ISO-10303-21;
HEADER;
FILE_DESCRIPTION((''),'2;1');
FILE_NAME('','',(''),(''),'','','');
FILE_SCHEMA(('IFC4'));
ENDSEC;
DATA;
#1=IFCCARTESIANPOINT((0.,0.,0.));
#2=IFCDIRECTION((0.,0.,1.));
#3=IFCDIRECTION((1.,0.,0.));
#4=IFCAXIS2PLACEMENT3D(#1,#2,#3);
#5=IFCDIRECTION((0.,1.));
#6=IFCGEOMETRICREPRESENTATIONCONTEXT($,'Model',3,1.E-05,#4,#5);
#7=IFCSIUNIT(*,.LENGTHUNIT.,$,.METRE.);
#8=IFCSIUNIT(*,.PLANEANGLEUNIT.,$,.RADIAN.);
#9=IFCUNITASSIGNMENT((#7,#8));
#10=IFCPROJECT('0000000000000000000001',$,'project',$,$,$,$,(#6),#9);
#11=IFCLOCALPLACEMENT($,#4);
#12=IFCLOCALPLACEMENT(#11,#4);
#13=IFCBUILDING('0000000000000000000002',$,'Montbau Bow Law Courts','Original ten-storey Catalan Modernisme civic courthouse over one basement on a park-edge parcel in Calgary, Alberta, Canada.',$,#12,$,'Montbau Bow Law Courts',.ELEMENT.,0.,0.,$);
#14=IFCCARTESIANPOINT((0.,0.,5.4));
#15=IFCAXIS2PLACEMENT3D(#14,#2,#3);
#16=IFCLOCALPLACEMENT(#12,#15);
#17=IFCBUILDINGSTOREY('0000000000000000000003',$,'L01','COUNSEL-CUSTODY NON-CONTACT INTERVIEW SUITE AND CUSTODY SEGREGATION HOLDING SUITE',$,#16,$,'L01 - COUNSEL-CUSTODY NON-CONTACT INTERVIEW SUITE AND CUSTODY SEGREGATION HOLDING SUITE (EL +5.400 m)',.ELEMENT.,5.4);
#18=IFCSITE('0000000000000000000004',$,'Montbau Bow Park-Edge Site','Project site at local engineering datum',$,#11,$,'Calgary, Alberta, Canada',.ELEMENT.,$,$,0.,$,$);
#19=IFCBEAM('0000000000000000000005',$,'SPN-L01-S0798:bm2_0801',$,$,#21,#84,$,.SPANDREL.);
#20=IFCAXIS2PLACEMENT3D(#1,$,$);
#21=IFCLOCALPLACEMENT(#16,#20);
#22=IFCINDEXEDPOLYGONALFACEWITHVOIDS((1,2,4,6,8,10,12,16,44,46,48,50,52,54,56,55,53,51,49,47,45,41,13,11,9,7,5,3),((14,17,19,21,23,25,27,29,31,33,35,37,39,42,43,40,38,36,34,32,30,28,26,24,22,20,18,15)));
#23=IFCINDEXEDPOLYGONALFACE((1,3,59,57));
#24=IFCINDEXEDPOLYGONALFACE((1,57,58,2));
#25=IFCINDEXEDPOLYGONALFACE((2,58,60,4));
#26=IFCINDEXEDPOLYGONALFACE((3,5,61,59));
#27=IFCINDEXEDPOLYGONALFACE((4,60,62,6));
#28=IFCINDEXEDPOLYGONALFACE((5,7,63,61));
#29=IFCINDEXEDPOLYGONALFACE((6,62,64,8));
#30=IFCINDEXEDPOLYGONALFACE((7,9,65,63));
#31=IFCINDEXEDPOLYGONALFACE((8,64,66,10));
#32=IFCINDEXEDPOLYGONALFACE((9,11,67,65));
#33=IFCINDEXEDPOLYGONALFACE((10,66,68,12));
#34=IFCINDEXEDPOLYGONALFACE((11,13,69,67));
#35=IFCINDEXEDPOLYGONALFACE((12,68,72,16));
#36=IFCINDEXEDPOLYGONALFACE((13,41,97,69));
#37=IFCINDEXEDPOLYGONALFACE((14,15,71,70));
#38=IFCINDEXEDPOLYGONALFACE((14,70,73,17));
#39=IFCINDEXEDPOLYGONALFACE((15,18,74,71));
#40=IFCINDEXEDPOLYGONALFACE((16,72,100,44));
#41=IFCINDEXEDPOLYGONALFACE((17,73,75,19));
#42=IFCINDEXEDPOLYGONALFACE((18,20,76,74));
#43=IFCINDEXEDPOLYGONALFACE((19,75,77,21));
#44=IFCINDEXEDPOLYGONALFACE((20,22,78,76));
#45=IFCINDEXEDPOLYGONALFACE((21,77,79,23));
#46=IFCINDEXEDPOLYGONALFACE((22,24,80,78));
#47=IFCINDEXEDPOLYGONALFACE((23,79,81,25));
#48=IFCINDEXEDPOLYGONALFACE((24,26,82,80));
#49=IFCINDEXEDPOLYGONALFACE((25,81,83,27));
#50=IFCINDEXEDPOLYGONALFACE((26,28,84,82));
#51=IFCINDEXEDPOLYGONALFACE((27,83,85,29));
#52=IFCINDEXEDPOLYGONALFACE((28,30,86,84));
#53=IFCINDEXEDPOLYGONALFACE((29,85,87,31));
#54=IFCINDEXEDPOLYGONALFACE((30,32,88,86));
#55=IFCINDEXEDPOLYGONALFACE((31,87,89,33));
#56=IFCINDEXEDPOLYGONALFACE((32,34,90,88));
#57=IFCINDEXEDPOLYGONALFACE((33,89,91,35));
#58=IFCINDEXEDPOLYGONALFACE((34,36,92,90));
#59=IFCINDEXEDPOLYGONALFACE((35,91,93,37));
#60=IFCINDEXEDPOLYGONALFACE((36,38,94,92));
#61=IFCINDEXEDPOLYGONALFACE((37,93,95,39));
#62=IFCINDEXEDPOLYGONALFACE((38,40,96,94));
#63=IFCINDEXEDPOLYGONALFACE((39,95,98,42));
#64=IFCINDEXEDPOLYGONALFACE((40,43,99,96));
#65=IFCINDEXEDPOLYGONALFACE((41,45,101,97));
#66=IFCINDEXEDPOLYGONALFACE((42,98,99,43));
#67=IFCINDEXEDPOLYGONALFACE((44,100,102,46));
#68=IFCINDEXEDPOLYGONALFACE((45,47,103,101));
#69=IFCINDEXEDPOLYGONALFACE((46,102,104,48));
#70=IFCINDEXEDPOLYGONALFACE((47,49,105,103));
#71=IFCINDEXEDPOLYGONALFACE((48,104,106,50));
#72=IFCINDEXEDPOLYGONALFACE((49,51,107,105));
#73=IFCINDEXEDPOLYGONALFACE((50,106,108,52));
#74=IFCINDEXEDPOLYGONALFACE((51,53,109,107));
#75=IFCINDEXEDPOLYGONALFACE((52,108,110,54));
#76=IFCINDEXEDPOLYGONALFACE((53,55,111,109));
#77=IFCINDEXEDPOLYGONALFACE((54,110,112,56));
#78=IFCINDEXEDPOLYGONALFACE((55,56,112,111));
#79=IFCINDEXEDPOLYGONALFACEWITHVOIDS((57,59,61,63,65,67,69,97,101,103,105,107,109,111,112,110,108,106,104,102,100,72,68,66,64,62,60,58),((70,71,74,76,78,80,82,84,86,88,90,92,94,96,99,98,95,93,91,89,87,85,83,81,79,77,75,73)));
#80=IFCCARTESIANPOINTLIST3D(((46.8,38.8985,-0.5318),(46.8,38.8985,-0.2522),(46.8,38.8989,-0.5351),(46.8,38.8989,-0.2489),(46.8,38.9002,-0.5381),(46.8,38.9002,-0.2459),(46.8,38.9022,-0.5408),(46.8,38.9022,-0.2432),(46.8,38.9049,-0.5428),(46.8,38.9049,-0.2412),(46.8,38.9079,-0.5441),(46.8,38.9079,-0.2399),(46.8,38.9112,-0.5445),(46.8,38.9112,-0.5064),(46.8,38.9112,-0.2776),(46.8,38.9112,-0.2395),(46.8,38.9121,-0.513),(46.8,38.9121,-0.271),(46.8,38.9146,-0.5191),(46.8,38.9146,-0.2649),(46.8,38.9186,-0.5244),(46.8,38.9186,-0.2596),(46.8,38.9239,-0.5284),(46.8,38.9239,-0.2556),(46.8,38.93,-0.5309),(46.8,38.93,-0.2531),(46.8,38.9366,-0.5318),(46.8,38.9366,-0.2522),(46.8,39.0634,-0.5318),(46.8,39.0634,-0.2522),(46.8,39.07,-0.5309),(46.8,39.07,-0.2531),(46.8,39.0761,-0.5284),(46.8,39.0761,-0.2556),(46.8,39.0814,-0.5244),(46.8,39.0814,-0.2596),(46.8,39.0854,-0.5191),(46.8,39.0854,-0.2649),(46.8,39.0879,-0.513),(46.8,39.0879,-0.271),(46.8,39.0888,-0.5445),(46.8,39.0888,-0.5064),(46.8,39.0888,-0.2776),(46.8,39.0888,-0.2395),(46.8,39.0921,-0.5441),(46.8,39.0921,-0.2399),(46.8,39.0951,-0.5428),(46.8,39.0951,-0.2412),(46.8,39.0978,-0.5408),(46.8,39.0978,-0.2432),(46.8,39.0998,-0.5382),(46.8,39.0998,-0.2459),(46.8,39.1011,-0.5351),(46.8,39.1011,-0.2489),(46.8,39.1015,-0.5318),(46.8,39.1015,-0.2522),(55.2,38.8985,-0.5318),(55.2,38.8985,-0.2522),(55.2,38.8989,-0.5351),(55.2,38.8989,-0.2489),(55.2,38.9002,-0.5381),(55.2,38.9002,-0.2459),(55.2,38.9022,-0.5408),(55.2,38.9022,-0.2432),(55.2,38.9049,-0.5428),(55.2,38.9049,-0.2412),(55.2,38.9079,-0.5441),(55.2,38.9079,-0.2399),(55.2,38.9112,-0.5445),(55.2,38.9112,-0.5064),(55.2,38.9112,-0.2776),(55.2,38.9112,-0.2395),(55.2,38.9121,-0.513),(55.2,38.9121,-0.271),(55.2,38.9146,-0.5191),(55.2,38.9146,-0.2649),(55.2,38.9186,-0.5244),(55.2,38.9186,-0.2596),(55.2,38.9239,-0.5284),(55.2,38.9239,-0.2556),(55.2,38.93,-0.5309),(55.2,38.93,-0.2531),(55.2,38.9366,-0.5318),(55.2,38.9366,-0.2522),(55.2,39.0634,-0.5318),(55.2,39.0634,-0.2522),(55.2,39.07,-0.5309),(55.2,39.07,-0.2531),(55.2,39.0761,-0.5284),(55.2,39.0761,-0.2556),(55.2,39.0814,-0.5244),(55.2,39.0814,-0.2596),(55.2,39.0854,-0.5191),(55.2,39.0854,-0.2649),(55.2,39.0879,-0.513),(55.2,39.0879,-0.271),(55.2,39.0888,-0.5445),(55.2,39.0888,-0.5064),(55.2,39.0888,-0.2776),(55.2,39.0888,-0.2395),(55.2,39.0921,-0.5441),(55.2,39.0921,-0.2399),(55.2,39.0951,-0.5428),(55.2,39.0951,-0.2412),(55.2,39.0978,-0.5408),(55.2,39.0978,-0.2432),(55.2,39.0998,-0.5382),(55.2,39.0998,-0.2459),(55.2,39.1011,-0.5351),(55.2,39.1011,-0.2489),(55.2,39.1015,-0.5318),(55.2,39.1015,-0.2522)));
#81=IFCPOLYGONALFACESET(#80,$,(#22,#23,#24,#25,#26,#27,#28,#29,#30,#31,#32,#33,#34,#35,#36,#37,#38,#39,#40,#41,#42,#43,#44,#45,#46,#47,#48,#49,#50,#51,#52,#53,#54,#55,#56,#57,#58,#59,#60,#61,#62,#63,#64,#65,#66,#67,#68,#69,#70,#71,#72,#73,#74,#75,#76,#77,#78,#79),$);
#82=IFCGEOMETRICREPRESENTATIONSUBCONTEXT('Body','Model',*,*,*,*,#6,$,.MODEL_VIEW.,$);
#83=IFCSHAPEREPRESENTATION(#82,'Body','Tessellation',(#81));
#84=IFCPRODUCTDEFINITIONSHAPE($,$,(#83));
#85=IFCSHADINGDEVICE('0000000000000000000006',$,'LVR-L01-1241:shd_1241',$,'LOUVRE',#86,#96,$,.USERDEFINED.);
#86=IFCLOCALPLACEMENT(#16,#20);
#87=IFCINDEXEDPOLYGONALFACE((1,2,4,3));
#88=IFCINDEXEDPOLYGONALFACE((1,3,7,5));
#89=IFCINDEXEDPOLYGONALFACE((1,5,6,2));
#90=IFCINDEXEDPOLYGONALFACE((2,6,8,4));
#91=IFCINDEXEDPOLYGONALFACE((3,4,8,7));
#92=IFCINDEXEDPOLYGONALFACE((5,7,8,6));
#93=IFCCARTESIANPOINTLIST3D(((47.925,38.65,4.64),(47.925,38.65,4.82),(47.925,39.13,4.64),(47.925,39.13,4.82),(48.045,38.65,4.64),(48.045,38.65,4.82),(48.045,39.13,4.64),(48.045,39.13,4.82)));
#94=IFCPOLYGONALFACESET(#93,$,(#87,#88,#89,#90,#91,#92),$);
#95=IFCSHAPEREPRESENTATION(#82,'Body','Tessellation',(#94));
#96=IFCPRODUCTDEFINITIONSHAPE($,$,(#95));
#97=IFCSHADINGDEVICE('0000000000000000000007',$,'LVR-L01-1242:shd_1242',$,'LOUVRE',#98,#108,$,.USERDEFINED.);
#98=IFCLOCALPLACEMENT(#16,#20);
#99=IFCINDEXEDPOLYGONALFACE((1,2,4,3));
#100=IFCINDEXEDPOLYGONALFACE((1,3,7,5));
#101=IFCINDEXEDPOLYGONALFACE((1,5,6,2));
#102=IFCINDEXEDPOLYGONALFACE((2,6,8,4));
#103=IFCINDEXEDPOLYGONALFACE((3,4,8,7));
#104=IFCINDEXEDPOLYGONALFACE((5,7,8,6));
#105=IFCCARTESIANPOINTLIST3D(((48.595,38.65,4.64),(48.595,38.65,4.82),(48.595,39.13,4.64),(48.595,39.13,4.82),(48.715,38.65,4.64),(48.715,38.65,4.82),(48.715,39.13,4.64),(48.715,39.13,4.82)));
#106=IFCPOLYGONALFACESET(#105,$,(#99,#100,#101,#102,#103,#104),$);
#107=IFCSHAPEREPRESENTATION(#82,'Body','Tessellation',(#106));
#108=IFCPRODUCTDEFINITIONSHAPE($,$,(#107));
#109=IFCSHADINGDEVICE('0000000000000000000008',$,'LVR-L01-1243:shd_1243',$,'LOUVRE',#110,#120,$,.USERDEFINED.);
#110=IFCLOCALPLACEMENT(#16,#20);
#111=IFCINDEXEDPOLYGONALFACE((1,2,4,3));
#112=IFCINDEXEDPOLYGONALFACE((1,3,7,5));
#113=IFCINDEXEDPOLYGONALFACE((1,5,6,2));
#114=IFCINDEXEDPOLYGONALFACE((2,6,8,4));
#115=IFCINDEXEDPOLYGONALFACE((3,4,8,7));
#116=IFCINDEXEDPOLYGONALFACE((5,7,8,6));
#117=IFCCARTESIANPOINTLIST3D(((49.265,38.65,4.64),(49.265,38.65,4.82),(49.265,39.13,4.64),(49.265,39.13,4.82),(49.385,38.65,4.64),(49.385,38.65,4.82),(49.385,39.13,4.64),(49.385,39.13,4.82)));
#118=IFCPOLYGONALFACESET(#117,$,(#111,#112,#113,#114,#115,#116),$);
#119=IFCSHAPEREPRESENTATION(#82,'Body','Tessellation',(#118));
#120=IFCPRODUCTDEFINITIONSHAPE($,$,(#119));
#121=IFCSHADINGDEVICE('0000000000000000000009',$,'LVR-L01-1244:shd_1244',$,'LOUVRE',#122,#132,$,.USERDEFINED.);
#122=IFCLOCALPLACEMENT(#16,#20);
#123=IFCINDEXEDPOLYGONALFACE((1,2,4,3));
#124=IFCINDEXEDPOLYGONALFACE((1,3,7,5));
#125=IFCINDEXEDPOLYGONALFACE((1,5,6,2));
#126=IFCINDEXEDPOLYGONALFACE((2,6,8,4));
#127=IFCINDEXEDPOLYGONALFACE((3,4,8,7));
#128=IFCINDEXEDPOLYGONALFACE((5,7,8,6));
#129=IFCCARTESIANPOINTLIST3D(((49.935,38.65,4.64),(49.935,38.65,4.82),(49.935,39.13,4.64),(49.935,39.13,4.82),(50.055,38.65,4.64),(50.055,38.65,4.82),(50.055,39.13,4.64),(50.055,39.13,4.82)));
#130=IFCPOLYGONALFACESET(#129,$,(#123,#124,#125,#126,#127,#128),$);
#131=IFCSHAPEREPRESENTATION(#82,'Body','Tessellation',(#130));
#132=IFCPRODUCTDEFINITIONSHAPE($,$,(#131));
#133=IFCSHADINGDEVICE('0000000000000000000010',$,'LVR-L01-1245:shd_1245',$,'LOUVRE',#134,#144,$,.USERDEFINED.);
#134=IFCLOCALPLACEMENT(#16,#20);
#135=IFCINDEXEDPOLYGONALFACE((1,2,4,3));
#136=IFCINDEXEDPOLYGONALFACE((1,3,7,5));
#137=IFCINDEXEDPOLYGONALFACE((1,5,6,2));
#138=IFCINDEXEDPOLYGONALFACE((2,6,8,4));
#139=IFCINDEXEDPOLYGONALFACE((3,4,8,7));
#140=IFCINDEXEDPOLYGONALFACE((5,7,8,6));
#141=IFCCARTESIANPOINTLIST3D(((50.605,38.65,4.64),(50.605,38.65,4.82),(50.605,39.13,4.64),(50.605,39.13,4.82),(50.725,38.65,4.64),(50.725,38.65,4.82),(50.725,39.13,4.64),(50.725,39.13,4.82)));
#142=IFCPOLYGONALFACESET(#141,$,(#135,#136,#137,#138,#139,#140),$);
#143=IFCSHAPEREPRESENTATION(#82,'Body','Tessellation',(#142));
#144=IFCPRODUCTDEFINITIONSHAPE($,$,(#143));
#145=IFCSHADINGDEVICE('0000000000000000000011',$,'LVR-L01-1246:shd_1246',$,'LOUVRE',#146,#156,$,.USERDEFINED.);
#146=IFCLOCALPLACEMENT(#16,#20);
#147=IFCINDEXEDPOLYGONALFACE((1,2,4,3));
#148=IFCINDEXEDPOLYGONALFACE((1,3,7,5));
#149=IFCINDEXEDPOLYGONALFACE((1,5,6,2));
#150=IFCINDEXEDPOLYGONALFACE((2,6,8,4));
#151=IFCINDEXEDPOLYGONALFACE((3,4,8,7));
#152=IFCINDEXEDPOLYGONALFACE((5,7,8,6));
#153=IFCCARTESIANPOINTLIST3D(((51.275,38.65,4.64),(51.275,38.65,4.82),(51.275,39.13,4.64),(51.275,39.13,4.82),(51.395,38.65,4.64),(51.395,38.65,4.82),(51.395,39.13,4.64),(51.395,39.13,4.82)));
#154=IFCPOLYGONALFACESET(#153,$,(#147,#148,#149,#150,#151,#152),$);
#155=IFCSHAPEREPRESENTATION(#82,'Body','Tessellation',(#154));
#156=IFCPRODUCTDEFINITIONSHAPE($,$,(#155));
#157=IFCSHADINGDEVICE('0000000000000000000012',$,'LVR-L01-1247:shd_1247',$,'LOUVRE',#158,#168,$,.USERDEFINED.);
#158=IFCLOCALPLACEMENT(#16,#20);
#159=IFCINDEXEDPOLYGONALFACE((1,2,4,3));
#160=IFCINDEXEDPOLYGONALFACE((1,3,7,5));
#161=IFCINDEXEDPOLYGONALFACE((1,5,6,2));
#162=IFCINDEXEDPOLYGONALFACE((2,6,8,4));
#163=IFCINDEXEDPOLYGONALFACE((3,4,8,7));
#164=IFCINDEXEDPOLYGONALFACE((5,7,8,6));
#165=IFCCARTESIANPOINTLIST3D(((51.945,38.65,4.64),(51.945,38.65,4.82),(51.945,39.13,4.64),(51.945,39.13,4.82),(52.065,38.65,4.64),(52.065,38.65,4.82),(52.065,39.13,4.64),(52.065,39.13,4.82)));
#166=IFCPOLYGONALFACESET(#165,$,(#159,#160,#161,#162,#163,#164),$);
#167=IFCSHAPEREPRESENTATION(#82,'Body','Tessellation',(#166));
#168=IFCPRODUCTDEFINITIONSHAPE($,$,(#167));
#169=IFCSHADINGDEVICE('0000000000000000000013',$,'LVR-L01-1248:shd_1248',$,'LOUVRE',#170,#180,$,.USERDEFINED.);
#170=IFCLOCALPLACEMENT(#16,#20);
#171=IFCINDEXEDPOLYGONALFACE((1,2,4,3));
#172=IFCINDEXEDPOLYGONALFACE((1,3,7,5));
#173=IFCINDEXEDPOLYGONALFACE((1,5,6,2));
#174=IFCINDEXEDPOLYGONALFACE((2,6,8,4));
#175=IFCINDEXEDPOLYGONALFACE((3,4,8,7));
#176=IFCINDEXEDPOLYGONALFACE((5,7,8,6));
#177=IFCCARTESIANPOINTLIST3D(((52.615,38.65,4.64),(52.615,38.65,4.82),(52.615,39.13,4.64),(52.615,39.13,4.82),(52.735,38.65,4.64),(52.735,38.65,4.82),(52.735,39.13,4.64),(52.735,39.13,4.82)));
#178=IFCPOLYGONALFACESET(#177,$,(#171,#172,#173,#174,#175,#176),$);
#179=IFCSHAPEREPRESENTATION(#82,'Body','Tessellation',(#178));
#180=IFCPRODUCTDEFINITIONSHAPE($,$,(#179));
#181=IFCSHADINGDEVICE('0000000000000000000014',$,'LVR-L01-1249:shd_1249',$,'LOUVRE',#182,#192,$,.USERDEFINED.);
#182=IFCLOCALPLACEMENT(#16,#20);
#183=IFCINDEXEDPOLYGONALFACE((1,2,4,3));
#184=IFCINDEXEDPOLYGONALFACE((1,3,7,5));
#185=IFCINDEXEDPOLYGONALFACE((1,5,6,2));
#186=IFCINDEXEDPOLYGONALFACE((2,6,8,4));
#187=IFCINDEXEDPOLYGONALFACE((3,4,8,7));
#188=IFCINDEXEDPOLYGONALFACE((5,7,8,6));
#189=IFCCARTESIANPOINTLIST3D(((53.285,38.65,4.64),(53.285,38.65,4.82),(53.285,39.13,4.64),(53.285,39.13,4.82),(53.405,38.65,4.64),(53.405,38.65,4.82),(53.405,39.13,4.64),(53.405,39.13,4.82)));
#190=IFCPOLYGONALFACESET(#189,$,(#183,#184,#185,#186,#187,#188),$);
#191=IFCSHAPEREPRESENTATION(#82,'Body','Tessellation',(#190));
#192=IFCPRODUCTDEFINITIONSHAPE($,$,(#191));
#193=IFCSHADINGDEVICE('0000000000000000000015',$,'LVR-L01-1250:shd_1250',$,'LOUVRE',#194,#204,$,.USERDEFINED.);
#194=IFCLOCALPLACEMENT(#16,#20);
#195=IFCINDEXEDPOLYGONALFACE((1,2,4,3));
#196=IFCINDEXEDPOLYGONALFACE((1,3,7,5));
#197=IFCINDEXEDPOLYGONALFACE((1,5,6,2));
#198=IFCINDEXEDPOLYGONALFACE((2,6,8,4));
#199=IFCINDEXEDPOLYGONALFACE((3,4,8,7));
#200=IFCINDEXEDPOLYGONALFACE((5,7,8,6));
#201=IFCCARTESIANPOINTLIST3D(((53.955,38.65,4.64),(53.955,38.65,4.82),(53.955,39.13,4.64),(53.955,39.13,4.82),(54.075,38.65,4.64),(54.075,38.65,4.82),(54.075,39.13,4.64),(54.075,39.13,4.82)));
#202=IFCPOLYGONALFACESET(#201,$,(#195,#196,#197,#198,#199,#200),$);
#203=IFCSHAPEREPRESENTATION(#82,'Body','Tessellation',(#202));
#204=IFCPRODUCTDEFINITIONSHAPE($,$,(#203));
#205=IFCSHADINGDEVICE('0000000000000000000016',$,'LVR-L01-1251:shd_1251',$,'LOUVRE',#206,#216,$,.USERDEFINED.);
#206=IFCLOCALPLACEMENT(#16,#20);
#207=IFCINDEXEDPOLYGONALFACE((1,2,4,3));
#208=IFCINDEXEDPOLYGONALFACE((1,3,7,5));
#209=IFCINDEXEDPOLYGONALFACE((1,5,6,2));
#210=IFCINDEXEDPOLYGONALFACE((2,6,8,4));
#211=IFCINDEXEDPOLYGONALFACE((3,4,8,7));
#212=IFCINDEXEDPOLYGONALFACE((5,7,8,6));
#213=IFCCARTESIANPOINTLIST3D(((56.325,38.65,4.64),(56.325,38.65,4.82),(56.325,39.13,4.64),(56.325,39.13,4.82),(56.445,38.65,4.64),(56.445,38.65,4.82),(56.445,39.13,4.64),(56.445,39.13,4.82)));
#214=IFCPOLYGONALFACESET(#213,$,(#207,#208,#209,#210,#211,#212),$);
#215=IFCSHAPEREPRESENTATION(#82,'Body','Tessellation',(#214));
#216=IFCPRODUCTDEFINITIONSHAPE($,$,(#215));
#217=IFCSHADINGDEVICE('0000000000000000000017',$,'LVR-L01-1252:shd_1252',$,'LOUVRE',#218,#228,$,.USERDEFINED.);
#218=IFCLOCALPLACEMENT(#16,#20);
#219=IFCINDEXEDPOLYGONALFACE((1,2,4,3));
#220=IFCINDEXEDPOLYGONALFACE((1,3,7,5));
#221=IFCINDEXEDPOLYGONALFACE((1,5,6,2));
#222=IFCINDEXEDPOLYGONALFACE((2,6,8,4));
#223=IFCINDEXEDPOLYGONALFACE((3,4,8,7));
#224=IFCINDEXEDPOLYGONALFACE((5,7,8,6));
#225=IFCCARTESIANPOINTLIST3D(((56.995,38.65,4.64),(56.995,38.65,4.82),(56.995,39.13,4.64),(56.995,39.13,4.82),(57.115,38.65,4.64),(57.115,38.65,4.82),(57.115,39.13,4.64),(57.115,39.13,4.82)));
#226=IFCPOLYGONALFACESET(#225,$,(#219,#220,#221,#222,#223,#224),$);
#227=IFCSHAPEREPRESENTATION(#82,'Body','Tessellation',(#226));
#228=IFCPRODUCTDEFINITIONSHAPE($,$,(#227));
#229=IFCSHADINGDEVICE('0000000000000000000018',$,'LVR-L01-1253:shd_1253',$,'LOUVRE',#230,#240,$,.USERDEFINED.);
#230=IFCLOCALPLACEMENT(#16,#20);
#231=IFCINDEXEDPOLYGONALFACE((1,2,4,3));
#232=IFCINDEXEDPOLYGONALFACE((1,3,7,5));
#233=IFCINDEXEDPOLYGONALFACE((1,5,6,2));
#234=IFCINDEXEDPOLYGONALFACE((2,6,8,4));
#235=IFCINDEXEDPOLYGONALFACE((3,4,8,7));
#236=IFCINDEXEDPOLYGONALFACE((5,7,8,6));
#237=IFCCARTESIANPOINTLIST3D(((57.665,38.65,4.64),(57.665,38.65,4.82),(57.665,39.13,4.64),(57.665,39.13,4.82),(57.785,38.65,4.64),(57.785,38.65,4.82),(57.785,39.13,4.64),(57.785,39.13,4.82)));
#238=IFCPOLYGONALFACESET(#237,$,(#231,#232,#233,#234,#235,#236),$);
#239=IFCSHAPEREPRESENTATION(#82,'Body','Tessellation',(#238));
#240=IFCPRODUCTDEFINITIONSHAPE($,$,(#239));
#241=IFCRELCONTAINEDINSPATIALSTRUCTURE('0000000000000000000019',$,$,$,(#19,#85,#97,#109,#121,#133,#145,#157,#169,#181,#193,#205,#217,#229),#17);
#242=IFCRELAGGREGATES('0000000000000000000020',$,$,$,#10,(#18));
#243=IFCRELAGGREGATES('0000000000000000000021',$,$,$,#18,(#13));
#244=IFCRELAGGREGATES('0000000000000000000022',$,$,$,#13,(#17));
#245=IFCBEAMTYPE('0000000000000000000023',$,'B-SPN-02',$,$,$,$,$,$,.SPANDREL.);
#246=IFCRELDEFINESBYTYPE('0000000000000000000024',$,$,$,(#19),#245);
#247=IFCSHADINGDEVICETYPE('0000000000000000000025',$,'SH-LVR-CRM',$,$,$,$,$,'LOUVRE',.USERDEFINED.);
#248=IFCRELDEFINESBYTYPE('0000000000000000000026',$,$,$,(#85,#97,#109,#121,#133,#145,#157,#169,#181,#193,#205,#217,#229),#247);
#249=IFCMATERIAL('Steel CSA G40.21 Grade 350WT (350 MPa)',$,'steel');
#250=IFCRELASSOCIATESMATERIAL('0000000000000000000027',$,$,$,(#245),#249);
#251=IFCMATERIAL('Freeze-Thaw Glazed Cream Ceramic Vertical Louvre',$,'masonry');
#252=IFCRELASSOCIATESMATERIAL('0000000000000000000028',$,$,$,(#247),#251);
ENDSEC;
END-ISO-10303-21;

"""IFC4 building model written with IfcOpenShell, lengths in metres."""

from ifc_helpers import new_model, si_unit, direction, frame, origin_with_axes, origin_2d_with_axis, place, context, subcontext, project, spatial, rectangle, hollow_rectangle, extrude, material, material_profile, profile_set, type_object, element, save


model = new_model("IFC4")

# Units and contexts
model_context = context("Model", 3, precision=1e-05, world=origin_with_axes(), true_north=direction((0.0, 1.0)))
body_context = subcontext(model_context, "Body", "Model", "MODEL_VIEW")
ifc_project = project(units=[si_unit("LENGTHUNIT", "METRE"), si_unit("PLANEANGLEUNIT", "RADIAN")], contexts=[model_context])

# Site, building, storey
site_placement = place(None, origin_with_axes())
site = spatial("IfcSite", under=ifc_project, at=site_placement, Name="Montbau Bow Park-Edge Site", Description="Project site at local engineering datum", LongName="Calgary, Alberta, Canada", CompositionType="ELEMENT", RefElevation=0.0)
building_placement = place(site_placement, origin_with_axes())
building = spatial("IfcBuilding", under=site, at=building_placement, Name="Montbau Bow Law Courts", Description="Original ten-storey Catalan Modernisme civic courthouse over one basement on a park-edge parcel in Calgary, Alberta, Canada.", LongName="Montbau Bow Law Courts", CompositionType="ELEMENT", ElevationOfRefHeight=0.0, ElevationOfTerrain=0.0)
storey_placement = place(building_placement, frame((0.0, 0.0, 5.4), z_axis=(0.0, 0.0, 1.0), x_axis=(1.0, 0.0, 0.0)))
storey = spatial("IfcBuildingStorey", under=building, at=storey_placement, Name="L01", Description="COUNSEL-CUSTODY NON-CONTACT INTERVIEW SUITE AND CUSTODY SEGREGATION HOLDING SUITE", LongName="L01 - COUNSEL-CUSTODY NON-CONTACT INTERVIEW SUITE AND CUSTODY SEGREGATION HOLDING SUITE (EL +5.400 m)", CompositionType="ELEMENT", Elevation=5.4)

# Beam
ifc_material_1 = material(Name="Steel CSA G40.21 Grade 350WT (350 MPa)", Category="steel")
ifc_material_profile_1 = material_profile(ifc_material_1, hollow_rectangle(XDim=0.203, YDim=0.305, WallThickness=0.0127, InnerFilletRadius=0.0254, OuterFilletRadius=0.0127, at=origin_2d_with_axis()), Name="HSS305X203X13", Category="Main", Priority=0)
ifc_profile_set_1 = profile_set([ifc_material_profile_1], Name="Steel CSA G40.21 Grade 350WT (350 MPa)")
beam_type_1 = type_object("IfcBeamType", Name="B-SPN-02", PredefinedType="SPANDREL", material=ifc_profile_set_1)
beam_1_placement = place(None, frame((46.8, 39.0, 5.008), z_axis=(1.0, 0.0, 0.0), x_axis=(0.0, 1.0, 0.0)))
element("IfcBeam", 1, at=beam_1_placement, inside=storey, type_object=beam_type_1, Name="SPN-L01-S0798:bm2_0801", PredefinedType="SPANDREL", context=body_context, shape_type="SweptSolid", body=[
    extrude(hollow_rectangle(XDim=0.203, YDim=0.305, WallThickness=0.0127, InnerFilletRadius=0.0254, OuterFilletRadius=0.0127, at=origin_2d_with_axis()), origin_with_axes(), (0.0, 0.0, 1.0), 8.4),
])

# Shading devices
ifc_material_2 = material(Name="Freeze-Thaw Glazed Cream Ceramic Vertical Louvre", Category="masonry")
shading_device_type_1 = type_object("IfcShadingDeviceType", Name="SH-LVR-CRM", ElementType="LOUVRE", PredefinedType="USERDEFINED", material=ifc_material_2)
for number, where, z_axis, x_axis, name in (
    (2, (47.985, 38.89, 10.04), (0.0, 0.0, 1.0), (0.0, -1.0, 0.0), "LVR-L01-1241:shd_1241"),
    (3, (48.655, 38.89, 10.04), (0.0, 0.0, 1.0), (0.0, -1.0, 0.0), "LVR-L01-1242:shd_1242"),
    (4, (49.325, 38.89, 10.04), (0.0, 0.0, 1.0), (0.0, -1.0, 0.0), "LVR-L01-1243:shd_1243"),
    (5, (49.995, 38.89, 10.04), (0.0, 0.0, 1.0), (0.0, -1.0, 0.0), "LVR-L01-1244:shd_1244"),
    (6, (50.665, 38.89, 10.04), (0.0, 0.0, 1.0), (0.0, -1.0, 0.0), "LVR-L01-1245:shd_1245"),
    (7, (51.335, 38.89, 10.04), (0.0, 0.0, 1.0), (0.0, -1.0, 0.0), "LVR-L01-1246:shd_1246"),
    (8, (52.005, 38.89, 10.04), (0.0, 0.0, 1.0), (0.0, -1.0, 0.0), "LVR-L01-1247:shd_1247"),
    (9, (52.675, 38.89, 10.04), (0.0, 0.0, 1.0), (0.0, -1.0, 0.0), "LVR-L01-1248:shd_1248"),
    (10, (53.345, 38.89, 10.04), (0.0, 0.0, 1.0), (0.0, -1.0, 0.0), "LVR-L01-1249:shd_1249"),
    (11, (54.015, 38.89, 10.04), (0.0, 0.0, 1.0), (0.0, -1.0, 0.0), "LVR-L01-1250:shd_1250"),
    (12, (56.385, 38.89, 10.04), (0.0, 0.0, 1.0), (0.0, -1.0, 0.0), "LVR-L01-1251:shd_1251"),
    (13, (57.055, 38.89, 10.04), (0.0, 0.0, 1.0), (0.0, -1.0, 0.0), "LVR-L01-1252:shd_1252"),
    (14, (57.725, 38.89, 10.04), (0.0, 0.0, 1.0), (0.0, -1.0, 0.0), "LVR-L01-1253:shd_1253"),
):
    element("IfcShadingDevice", number, at=place(None, frame(where, z_axis=z_axis, x_axis=x_axis)), inside=storey, type_object=shading_device_type_1, Name=name, ObjectType="LOUVRE", PredefinedType="USERDEFINED", context=body_context, shape_type="SweptSolid", body=[
        extrude(rectangle(XDim=0.48, YDim=0.12, at=origin_2d_with_axis()), origin_with_axes(), (0.0, 0.0, 1.0), 0.18),
    ])

save(model, "model.ifc")
